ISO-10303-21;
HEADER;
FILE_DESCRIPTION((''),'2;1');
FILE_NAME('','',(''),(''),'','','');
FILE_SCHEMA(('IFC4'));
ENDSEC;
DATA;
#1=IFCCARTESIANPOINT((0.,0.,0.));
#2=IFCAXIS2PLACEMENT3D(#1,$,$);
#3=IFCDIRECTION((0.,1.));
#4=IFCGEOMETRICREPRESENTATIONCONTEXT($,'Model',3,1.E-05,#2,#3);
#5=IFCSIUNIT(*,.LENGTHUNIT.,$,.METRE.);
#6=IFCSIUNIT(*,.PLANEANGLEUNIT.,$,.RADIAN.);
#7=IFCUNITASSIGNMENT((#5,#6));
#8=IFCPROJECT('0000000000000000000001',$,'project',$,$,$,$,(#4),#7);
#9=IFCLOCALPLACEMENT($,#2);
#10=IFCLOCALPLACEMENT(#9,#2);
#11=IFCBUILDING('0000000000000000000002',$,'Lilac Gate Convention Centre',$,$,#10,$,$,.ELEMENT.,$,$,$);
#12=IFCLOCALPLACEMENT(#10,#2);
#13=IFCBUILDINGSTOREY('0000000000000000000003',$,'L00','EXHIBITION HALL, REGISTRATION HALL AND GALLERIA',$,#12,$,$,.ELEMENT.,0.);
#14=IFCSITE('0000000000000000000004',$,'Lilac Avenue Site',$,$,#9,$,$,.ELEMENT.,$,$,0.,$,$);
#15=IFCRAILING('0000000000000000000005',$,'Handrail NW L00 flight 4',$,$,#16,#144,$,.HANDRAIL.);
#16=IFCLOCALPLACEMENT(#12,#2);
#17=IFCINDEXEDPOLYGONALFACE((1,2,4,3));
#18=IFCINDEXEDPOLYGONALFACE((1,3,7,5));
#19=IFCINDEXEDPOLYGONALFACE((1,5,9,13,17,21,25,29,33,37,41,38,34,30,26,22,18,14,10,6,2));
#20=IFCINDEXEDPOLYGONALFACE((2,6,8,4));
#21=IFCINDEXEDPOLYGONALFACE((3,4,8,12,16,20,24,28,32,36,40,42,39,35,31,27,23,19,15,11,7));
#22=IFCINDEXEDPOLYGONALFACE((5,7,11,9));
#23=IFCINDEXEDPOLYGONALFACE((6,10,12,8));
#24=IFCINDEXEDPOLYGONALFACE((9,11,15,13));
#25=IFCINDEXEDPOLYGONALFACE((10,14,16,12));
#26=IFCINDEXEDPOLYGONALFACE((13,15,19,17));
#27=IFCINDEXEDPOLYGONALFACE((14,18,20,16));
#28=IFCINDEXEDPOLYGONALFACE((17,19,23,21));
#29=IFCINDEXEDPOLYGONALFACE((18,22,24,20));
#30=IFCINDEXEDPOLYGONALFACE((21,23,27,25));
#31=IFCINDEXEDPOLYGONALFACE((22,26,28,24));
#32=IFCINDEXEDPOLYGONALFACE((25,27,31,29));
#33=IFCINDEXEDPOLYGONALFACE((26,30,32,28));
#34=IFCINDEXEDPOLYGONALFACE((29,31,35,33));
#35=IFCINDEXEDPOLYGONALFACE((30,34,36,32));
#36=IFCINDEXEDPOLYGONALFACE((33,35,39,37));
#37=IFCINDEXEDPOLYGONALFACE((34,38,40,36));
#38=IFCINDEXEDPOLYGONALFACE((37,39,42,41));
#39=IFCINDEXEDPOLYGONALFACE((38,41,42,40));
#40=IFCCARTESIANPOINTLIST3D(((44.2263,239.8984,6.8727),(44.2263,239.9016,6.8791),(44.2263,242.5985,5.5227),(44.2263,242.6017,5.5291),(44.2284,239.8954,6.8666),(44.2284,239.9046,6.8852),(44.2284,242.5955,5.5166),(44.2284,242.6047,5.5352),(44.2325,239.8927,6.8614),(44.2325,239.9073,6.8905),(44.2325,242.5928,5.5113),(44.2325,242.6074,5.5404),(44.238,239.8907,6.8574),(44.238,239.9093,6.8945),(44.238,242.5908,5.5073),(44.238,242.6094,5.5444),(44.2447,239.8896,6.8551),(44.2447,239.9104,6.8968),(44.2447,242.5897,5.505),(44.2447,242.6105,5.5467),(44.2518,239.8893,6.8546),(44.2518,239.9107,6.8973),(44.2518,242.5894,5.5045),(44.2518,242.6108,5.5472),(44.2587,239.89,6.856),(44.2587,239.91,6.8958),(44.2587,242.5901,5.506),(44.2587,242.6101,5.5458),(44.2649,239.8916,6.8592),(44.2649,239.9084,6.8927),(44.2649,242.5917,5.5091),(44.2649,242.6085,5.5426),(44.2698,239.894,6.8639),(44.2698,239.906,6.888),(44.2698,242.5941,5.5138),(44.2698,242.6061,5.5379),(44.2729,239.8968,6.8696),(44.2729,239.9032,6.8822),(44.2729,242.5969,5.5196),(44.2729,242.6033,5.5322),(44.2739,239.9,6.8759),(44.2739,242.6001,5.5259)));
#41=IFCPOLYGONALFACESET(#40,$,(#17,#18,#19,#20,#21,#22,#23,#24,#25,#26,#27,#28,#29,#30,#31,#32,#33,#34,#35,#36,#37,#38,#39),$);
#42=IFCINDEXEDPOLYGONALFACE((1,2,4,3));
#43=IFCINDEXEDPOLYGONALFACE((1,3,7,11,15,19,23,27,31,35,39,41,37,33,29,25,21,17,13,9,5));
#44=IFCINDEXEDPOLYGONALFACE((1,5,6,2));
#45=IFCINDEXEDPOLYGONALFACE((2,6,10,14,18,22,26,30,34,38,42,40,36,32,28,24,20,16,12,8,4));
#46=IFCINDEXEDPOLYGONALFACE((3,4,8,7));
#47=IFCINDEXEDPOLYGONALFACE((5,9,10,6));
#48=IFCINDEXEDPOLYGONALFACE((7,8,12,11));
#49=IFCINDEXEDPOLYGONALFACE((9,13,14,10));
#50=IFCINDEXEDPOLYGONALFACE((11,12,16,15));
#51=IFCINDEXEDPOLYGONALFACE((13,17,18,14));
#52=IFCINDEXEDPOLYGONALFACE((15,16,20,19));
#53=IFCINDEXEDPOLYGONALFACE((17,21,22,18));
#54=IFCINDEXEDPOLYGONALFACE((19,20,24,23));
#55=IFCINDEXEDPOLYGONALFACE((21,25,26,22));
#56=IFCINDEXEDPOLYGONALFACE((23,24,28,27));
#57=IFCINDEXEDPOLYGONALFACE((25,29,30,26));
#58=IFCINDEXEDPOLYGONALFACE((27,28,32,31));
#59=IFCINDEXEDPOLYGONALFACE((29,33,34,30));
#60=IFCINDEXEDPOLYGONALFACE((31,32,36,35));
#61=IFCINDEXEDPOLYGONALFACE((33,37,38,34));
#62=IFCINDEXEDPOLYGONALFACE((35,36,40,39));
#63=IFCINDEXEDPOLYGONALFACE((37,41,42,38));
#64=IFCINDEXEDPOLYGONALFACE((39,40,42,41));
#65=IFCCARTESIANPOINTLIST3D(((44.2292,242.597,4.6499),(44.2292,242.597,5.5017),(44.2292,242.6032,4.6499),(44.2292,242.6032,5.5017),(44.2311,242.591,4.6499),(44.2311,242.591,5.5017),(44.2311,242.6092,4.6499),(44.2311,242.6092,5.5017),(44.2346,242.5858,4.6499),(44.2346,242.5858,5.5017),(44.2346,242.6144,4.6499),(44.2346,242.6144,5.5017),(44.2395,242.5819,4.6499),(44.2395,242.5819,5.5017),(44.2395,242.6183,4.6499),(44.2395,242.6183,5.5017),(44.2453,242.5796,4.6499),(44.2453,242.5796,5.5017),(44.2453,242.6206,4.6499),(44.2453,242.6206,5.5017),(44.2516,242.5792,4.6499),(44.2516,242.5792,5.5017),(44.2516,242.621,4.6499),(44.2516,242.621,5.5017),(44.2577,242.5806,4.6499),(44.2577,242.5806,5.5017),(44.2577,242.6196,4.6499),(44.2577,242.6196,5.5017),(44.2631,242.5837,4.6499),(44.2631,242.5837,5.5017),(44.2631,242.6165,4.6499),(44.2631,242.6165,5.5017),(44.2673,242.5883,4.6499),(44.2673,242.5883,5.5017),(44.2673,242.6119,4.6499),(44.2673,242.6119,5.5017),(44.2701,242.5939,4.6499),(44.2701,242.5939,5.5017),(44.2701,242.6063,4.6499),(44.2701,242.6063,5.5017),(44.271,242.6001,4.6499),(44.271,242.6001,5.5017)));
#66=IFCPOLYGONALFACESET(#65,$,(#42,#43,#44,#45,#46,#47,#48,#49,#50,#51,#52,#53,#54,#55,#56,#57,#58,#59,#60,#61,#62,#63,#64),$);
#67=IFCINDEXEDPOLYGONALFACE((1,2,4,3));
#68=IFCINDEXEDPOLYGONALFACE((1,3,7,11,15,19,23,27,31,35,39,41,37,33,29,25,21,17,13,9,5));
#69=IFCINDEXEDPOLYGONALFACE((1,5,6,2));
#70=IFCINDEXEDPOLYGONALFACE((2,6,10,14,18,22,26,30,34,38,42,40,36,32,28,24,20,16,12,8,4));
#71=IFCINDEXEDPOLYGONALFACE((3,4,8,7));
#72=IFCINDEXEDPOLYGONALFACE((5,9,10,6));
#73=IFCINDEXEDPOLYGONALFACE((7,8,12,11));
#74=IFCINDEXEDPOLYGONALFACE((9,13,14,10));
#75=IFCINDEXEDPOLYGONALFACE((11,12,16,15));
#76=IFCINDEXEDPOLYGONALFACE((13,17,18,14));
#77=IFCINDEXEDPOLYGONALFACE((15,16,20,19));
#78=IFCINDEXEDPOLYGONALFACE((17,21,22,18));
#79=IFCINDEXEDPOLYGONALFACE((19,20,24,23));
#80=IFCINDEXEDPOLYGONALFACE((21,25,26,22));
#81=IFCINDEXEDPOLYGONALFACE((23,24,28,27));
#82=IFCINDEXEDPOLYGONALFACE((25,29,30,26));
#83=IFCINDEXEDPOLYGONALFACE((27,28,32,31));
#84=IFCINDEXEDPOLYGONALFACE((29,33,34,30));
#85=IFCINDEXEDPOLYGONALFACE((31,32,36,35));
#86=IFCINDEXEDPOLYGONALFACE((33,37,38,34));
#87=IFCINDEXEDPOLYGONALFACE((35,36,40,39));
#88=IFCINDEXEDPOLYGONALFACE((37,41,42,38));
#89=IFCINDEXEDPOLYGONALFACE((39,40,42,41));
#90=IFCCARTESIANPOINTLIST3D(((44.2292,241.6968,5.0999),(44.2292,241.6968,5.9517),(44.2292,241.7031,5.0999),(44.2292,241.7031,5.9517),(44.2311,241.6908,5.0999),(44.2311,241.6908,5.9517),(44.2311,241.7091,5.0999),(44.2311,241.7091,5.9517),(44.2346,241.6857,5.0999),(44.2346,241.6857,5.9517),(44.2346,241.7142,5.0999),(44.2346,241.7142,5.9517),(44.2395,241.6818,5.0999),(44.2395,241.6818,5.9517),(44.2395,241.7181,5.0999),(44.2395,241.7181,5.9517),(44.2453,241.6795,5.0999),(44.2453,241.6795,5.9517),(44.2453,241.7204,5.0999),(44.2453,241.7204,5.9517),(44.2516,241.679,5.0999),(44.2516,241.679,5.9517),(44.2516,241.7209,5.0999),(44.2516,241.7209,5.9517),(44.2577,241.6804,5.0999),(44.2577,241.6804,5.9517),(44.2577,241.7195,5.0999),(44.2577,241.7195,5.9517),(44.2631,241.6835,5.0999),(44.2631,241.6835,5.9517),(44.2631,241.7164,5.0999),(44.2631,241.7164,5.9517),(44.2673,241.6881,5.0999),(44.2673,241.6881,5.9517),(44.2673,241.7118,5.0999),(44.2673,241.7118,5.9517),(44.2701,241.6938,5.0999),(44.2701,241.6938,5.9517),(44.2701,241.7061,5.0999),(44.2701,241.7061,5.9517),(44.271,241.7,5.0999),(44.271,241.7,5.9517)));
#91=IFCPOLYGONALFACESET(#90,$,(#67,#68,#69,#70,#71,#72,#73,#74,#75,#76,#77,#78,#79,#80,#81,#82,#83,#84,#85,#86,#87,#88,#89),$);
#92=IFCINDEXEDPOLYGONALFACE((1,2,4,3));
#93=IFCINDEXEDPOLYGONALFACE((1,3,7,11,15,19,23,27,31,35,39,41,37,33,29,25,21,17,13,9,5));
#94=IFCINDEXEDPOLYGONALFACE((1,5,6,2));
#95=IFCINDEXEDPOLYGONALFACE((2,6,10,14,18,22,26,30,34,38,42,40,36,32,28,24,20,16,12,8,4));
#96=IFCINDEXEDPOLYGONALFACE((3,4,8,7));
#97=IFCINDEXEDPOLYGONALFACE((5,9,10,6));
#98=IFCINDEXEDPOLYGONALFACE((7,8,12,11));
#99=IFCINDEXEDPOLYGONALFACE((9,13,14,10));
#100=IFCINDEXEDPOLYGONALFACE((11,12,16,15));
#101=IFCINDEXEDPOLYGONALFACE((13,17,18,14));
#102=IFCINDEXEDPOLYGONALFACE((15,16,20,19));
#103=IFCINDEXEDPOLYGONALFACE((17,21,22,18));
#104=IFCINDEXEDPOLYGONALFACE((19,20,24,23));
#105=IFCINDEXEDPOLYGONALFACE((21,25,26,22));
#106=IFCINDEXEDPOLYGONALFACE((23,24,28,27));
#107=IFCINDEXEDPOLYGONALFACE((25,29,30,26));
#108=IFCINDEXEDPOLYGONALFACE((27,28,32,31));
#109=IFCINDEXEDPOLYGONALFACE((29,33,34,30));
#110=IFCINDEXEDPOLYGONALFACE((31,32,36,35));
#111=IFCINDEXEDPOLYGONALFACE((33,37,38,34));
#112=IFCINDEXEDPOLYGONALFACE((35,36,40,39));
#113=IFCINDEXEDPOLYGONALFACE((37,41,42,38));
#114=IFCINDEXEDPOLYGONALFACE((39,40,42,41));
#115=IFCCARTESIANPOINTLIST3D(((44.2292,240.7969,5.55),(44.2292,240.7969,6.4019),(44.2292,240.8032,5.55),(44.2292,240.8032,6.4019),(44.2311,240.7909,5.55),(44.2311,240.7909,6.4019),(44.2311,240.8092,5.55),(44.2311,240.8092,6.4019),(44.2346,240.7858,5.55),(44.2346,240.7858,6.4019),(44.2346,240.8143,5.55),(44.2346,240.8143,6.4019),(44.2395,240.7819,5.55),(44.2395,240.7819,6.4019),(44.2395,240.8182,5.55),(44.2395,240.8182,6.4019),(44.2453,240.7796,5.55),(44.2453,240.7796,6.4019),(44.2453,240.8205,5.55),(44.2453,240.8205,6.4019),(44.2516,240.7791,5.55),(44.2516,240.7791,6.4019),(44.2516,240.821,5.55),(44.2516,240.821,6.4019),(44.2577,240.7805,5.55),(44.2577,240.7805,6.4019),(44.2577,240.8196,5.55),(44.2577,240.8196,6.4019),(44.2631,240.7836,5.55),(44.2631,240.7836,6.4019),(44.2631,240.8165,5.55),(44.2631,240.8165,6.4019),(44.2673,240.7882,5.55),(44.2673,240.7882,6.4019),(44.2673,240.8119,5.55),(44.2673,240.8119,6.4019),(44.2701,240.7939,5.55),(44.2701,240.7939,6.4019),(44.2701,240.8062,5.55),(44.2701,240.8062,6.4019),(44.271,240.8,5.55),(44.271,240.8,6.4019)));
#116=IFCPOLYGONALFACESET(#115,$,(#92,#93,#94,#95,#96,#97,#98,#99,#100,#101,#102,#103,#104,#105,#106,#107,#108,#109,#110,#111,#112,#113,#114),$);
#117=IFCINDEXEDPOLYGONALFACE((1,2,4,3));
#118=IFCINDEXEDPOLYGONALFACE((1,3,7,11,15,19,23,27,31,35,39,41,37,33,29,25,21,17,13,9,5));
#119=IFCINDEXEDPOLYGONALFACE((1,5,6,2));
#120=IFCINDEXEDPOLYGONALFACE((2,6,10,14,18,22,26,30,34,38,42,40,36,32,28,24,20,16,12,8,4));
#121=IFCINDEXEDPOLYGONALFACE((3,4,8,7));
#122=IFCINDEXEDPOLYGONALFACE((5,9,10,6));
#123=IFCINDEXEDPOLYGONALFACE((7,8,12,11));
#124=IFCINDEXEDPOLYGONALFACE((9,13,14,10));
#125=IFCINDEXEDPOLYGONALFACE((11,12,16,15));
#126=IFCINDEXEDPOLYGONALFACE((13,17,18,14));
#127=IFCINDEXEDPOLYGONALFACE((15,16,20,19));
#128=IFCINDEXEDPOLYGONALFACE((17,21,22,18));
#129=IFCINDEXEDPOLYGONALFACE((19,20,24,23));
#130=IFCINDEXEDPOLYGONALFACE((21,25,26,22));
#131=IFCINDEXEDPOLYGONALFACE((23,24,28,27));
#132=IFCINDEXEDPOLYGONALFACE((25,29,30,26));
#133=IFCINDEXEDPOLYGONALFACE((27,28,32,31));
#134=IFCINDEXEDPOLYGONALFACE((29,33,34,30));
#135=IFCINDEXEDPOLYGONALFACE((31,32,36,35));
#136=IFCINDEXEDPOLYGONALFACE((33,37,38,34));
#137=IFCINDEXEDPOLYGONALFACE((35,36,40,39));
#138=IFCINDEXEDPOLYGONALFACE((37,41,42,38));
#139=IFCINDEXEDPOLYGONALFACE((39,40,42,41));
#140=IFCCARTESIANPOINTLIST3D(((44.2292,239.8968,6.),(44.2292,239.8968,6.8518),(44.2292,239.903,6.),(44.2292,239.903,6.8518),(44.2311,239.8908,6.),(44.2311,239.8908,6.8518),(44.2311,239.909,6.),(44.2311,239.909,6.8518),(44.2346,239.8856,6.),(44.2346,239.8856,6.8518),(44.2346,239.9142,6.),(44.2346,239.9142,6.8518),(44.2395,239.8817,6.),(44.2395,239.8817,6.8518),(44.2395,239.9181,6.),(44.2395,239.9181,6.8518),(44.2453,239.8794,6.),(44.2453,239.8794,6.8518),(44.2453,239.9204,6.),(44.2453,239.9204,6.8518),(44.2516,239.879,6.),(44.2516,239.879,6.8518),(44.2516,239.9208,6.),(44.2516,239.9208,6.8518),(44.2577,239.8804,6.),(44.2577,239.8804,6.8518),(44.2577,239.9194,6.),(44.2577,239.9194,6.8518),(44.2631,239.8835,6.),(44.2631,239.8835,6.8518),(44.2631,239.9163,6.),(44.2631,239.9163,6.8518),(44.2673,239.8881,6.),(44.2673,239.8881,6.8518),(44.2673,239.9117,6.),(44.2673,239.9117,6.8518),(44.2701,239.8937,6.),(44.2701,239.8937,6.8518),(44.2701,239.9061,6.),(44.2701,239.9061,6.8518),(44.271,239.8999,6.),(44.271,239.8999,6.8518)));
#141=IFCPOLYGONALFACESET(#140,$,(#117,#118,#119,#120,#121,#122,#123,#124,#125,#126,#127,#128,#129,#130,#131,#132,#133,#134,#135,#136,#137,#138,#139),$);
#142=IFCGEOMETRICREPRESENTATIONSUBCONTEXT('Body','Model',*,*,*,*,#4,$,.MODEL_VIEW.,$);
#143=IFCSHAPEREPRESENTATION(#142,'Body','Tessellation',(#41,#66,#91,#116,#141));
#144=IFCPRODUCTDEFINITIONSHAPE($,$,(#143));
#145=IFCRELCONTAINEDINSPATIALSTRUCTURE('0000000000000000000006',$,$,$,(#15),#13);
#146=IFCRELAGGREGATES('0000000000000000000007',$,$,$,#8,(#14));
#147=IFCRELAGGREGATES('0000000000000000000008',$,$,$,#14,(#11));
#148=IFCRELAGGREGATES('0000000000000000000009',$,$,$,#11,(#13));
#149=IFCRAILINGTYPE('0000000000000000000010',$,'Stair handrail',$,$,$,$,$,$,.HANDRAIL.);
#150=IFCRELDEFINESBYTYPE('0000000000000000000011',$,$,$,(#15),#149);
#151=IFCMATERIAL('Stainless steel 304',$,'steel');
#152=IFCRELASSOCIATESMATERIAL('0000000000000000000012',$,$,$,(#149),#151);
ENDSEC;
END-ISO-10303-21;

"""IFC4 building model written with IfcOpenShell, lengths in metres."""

from ifc_helpers import new_model, si_unit, direction, frame, origin, origin_2d, place, context, subcontext, project, spatial, circle, extrude, material, type_object, element, save


model = new_model("IFC4")

# Units and contexts
model_context = context("Model", 3, precision=1e-05, world=origin(), true_north=direction((0.0, 1.0)))
body_context = subcontext(model_context, "Body", "Model", "MODEL_VIEW")
ifc_project = project(units=[si_unit("LENGTHUNIT", "METRE"), si_unit("PLANEANGLEUNIT", "RADIAN")], contexts=[model_context])

# Site, building, storey
site_placement = place(None, origin())
site = spatial("IfcSite", under=ifc_project, at=site_placement, Name="Lilac Avenue Site", CompositionType="ELEMENT", RefElevation=0.0)
building_placement = place(site_placement, origin())
building = spatial("IfcBuilding", under=site, at=building_placement, Name="Lilac Gate Convention Centre", CompositionType="ELEMENT")
storey_placement = place(building_placement, origin())
storey = spatial("IfcBuildingStorey", under=building, at=storey_placement, Name="L00", Description="EXHIBITION HALL, REGISTRATION HALL AND GALLERIA", CompositionType="ELEMENT", Elevation=0.0)

# Railing
ifc_material_1 = material(Name="Stainless steel 304", Category="steel")
railing_type = type_object("IfcRailingType", Name="Stair handrail", PredefinedType="HANDRAIL", material=ifc_material_1)
railing_1_placement = place(storey_placement, frame((44.25, 242.6001, 4.6499)))
element("IfcRailing", 1, at=railing_1_placement, inside=storey, type_object=railing_type, Name="Handrail NW L00 flight 4", PredefinedType="HANDRAIL", context=body_context, shape_type="SweptSolid", body=[
    extrude(circle(Radius=0.0239, at=origin_2d()), frame((0.0, 0.0, 0.876), z_axis=(0.0, -0.894427, 0.447214), x_axis=(1.0, 0.0, 0.0)), (0.0, 0.0, 1.0), 3.0188),
    extrude(circle(Radius=0.021, at=origin_2d()), origin(), (0.0, 0.0, 1.0), 0.8518),
    extrude(circle(Radius=0.021, at=origin_2d()), frame((0.0, -0.9001, 0.45)), (0.0, 0.0, 1.0), 0.8518),
    extrude(circle(Radius=0.021, at=origin_2d()), frame((0.0, -1.8, 0.9001)), (0.0, 0.0, 1.0), 0.8518),
    extrude(circle(Radius=0.021, at=origin_2d()), frame((0.0, -2.7002, 1.3501)), (0.0, 0.0, 1.0), 0.8518),
])

save(model, "model.ifc")
